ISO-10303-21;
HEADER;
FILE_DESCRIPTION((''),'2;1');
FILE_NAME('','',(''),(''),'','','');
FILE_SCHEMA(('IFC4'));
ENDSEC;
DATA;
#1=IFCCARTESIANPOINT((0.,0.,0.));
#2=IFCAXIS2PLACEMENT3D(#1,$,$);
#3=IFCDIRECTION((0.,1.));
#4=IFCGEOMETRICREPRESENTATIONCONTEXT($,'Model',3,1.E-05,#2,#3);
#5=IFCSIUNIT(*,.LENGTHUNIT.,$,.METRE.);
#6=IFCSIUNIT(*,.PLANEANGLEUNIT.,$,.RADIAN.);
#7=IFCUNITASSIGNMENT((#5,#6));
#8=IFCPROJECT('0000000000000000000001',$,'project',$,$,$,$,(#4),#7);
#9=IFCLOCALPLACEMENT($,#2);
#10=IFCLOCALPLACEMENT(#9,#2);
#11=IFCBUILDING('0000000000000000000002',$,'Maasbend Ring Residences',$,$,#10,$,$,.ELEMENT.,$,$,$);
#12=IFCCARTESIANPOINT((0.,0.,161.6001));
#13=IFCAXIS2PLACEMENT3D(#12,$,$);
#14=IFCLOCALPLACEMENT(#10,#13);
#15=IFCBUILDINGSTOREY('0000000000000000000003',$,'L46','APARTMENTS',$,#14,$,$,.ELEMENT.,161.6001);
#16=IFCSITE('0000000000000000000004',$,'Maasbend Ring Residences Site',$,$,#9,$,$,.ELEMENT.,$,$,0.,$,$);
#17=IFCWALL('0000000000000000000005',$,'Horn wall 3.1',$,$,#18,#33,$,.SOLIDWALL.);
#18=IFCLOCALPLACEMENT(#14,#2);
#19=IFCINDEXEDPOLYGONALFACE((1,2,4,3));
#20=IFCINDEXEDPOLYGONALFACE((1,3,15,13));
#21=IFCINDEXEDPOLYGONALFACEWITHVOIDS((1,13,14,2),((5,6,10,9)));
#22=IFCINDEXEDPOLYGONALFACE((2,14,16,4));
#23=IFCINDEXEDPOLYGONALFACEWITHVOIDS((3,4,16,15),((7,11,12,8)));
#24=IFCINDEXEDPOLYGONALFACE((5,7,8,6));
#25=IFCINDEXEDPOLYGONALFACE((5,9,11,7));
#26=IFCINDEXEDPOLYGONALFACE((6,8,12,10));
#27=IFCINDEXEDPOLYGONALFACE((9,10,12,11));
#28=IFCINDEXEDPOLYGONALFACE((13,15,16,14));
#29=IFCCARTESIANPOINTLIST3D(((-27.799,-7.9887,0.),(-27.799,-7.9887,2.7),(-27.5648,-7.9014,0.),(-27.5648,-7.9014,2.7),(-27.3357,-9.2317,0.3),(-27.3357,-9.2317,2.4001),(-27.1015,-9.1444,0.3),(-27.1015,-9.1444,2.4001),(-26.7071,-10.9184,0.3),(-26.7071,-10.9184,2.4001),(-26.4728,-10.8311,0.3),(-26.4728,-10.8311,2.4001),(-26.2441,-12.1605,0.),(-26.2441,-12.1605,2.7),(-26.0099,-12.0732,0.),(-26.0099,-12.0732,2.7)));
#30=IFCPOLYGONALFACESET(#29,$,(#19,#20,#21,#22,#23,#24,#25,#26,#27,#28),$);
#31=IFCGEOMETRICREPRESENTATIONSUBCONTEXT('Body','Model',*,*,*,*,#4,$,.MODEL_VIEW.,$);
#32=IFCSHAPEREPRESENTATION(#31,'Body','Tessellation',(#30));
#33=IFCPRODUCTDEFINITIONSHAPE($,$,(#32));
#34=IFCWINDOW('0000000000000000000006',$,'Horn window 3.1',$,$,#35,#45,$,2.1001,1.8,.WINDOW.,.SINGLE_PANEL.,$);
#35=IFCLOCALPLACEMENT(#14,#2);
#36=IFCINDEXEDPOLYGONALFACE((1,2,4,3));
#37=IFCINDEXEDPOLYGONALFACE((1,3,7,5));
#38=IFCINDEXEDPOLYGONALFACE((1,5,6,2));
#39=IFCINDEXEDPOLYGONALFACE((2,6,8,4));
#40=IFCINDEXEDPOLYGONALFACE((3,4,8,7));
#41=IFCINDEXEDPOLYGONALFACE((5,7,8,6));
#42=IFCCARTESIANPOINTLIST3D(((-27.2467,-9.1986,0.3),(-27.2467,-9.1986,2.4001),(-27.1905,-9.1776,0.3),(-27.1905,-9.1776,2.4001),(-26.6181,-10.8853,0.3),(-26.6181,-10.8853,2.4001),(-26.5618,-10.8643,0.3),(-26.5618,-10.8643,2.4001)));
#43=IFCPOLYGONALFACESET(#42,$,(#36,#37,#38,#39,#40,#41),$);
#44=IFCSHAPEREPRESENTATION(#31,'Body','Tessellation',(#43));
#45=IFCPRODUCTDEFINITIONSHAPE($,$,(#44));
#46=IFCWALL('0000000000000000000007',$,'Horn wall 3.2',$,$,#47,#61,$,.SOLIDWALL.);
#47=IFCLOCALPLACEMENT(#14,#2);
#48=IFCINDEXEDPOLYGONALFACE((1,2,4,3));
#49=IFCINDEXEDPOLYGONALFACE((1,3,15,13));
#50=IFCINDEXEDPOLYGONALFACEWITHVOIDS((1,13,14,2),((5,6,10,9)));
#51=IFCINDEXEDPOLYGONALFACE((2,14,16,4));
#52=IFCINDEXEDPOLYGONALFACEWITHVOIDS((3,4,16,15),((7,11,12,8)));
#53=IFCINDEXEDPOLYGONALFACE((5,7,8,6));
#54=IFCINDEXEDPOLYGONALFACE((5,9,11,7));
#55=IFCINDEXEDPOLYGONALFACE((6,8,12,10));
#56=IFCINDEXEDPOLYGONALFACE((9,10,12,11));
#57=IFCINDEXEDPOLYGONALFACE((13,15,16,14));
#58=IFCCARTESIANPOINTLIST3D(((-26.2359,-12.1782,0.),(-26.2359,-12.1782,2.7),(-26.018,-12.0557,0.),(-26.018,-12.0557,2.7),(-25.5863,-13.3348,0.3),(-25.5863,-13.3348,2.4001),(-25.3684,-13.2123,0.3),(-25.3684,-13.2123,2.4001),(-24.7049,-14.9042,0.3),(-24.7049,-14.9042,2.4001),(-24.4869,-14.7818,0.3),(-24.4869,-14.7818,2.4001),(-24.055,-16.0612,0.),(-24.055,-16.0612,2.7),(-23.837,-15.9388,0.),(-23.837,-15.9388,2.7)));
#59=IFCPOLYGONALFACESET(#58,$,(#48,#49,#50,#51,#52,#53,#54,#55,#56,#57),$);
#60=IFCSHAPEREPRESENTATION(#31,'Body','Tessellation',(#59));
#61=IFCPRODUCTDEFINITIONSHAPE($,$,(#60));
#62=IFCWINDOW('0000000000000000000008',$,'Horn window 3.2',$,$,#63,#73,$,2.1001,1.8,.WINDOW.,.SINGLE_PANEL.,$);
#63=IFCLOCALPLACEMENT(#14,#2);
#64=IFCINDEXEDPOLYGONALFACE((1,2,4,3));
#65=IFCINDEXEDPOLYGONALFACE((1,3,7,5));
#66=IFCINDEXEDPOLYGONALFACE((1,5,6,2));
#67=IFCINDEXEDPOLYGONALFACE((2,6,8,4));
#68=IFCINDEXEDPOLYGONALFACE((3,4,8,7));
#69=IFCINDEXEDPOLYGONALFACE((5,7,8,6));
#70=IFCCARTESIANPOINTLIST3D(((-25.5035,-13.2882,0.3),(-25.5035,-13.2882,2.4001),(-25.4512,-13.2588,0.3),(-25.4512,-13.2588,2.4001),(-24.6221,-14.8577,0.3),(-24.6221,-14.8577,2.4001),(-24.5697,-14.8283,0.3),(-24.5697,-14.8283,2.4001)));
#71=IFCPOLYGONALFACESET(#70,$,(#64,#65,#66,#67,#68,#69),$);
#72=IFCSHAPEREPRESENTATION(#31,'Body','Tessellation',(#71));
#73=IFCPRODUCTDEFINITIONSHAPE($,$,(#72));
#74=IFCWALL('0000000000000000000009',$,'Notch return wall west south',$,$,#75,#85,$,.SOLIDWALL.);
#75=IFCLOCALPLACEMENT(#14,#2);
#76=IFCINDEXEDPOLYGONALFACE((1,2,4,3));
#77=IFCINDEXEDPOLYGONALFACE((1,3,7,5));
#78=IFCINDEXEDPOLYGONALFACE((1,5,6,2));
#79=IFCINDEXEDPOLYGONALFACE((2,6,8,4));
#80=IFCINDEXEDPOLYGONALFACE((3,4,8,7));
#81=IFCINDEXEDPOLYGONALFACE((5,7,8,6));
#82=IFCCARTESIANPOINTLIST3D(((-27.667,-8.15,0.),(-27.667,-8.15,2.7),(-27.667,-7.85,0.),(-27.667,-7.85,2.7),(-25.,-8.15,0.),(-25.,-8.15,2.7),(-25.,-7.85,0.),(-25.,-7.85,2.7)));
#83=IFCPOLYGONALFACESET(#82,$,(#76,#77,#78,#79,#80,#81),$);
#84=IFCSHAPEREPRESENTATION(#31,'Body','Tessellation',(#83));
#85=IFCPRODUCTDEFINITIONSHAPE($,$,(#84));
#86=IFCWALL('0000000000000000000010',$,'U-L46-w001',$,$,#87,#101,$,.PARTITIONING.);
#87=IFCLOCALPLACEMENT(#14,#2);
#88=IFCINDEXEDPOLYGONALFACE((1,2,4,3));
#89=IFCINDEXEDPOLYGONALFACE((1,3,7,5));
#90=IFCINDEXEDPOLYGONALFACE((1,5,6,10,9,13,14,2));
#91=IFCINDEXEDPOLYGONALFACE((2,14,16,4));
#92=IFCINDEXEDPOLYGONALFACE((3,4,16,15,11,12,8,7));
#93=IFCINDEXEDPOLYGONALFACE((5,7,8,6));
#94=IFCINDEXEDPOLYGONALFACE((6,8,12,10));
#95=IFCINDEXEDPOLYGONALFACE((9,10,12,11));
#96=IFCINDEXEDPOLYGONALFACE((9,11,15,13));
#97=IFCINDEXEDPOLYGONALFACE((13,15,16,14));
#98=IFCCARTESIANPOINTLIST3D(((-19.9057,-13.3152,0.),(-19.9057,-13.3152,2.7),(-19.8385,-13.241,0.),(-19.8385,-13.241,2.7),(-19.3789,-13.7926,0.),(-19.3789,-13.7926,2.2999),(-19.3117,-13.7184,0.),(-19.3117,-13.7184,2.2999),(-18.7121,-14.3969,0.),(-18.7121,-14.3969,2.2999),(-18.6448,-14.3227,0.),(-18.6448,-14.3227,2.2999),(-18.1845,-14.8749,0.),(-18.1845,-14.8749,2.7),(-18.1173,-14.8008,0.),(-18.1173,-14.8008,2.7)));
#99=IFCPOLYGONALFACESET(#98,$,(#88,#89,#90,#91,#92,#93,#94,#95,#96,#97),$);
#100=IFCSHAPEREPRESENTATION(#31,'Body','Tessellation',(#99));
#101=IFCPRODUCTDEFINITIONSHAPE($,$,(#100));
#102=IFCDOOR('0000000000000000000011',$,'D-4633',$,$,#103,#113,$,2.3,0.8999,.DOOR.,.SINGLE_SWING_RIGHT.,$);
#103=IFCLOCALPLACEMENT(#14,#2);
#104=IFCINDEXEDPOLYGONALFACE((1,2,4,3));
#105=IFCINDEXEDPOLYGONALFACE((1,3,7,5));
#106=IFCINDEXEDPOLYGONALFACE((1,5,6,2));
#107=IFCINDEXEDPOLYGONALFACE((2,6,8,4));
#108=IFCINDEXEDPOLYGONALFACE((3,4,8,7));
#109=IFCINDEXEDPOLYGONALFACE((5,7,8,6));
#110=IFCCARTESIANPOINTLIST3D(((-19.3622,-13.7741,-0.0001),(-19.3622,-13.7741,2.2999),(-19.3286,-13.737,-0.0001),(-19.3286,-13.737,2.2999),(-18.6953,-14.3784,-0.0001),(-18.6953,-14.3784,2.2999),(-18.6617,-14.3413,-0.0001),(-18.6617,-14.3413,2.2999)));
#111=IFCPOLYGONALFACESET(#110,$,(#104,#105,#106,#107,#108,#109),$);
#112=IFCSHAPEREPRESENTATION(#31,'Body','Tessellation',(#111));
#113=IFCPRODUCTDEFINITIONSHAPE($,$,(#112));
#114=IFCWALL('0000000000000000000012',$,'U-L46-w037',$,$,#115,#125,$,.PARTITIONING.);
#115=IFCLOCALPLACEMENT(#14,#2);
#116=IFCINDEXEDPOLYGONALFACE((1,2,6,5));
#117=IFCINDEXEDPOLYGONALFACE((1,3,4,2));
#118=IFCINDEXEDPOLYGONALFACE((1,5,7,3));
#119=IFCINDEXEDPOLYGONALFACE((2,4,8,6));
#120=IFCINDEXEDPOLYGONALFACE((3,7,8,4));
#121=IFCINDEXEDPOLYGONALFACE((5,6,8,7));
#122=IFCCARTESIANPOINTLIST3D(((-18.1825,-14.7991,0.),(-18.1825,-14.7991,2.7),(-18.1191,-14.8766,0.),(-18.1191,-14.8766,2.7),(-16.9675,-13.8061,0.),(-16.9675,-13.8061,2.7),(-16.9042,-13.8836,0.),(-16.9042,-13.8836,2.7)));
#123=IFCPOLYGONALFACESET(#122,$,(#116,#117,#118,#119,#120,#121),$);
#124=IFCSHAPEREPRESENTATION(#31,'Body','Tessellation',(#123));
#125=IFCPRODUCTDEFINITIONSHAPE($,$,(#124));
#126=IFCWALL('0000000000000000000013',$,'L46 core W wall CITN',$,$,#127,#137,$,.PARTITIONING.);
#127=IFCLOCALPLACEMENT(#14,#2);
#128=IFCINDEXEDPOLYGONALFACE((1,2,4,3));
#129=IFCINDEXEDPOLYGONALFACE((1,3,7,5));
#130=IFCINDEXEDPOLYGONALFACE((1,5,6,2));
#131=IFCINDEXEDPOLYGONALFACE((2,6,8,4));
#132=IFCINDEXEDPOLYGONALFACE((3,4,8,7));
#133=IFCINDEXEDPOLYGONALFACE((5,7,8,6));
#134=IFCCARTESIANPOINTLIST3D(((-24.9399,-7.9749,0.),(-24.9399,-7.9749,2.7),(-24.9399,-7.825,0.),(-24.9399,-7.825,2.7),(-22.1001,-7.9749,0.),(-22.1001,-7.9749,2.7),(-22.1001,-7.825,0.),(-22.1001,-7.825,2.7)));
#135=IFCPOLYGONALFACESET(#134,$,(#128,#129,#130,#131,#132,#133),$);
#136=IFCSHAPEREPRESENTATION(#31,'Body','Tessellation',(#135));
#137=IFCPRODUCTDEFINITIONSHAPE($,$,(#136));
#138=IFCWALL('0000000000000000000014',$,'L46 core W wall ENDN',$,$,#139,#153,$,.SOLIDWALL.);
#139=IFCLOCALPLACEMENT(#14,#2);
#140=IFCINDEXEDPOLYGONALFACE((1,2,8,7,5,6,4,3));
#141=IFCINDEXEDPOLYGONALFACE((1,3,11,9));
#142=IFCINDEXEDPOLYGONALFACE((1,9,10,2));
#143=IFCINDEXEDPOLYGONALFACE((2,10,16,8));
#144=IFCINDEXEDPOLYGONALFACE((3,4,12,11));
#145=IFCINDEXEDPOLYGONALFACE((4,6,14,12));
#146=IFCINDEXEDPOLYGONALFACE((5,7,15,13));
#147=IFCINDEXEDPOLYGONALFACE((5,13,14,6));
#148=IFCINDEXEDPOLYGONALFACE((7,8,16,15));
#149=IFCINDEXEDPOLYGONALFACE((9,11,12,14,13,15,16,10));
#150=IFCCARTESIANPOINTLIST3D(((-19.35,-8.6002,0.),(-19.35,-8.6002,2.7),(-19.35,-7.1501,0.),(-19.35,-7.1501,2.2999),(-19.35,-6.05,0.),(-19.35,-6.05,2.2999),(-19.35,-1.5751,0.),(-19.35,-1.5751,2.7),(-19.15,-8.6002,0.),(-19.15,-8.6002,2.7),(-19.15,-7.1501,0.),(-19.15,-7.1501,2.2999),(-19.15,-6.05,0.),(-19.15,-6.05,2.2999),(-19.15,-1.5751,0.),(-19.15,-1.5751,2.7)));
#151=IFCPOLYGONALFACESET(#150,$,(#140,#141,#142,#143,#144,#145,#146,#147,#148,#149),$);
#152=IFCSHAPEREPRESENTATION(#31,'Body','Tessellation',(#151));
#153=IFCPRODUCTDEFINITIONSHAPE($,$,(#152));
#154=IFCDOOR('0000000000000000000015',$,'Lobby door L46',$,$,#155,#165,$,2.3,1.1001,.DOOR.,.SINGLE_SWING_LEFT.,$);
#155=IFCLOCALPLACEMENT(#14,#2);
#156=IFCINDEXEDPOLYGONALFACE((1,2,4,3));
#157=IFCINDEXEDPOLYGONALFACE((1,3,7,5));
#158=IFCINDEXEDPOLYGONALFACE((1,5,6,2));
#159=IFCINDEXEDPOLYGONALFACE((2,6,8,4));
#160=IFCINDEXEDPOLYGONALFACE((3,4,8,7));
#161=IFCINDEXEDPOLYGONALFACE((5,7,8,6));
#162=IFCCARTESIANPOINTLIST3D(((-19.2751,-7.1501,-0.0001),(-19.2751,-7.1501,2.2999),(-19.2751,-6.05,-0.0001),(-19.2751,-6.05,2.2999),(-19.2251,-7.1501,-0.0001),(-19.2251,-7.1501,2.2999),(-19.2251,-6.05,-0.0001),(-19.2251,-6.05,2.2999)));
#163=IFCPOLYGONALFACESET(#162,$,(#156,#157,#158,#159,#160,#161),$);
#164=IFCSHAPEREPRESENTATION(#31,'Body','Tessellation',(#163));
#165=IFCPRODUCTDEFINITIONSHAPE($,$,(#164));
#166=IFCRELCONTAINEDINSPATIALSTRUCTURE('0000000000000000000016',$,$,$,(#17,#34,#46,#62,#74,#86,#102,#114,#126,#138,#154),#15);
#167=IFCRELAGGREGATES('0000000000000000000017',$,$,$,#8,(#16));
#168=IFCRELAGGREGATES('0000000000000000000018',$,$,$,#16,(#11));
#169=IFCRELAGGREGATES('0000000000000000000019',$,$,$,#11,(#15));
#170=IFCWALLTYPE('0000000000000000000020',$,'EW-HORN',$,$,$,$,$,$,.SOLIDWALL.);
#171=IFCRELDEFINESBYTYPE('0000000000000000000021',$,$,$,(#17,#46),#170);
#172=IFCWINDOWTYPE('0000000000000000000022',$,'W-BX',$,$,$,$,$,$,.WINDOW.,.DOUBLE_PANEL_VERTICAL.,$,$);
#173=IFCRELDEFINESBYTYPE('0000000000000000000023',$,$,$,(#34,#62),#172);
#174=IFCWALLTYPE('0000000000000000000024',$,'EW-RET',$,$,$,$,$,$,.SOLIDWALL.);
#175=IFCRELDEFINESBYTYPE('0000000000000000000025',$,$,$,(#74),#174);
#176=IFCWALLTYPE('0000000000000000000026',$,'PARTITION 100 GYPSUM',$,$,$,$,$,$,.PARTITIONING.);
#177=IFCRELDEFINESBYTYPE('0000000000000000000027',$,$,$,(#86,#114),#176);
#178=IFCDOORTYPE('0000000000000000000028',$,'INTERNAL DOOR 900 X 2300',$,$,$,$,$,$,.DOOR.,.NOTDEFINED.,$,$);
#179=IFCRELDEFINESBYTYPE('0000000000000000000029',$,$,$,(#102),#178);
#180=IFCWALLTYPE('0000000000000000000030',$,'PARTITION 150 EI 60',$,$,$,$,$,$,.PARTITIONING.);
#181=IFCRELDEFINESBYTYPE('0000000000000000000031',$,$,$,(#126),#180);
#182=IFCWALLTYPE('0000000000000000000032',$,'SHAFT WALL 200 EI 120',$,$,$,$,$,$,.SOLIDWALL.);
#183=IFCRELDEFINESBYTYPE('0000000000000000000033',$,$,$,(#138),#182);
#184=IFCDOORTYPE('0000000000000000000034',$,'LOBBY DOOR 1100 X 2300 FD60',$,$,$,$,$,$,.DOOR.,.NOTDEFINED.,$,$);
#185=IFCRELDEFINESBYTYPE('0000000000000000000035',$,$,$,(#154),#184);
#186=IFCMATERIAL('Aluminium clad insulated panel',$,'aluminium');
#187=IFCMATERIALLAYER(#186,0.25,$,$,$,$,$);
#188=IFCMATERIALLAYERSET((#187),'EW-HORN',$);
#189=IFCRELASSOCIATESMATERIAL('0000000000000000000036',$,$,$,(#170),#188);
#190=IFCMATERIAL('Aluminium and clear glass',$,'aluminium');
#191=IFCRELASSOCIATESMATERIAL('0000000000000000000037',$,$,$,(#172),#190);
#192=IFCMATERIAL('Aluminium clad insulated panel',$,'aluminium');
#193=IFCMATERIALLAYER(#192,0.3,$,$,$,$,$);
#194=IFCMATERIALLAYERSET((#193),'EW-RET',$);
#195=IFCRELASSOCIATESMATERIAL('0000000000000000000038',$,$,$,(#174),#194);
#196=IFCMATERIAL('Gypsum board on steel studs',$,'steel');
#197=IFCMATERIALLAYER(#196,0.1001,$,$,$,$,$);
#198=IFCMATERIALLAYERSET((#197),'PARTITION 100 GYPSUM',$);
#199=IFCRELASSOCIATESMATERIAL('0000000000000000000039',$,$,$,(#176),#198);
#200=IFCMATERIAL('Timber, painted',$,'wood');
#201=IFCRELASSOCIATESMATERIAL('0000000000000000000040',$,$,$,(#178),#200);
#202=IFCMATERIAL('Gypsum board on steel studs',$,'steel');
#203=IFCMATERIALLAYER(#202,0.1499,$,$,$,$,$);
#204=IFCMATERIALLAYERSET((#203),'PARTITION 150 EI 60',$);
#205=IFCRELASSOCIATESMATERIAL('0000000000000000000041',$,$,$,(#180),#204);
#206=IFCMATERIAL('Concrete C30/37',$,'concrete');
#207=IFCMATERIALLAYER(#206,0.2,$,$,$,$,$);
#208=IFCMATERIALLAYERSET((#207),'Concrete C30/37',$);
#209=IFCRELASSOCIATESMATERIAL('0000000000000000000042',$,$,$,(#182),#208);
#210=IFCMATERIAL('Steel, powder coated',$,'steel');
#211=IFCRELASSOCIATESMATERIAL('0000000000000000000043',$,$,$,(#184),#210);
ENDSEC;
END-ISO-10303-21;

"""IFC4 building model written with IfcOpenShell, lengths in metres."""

from ifc_helpers import new_model, si_unit, direction, frame, frame_2d, origin, place, context, subcontext, project, spatial, rectangle, extrude, material, layer, layer_set, type_object, element, fill, save


model = new_model("IFC4")

# Units and contexts
model_context = context("Model", 3, precision=1e-05, world=origin(), true_north=direction((0.0, 1.0)))
body_context = subcontext(model_context, "Body", "Model", "MODEL_VIEW")
ifc_project = project(units=[si_unit("LENGTHUNIT", "METRE"), si_unit("PLANEANGLEUNIT", "RADIAN")], contexts=[model_context])

# Site, building, storey
site_placement = place(None, origin())
site = spatial("IfcSite", under=ifc_project, at=site_placement, Name="Maasbend Ring Residences Site", CompositionType="ELEMENT", RefElevation=0.0)
building_placement = place(site_placement, origin())
building = spatial("IfcBuilding", under=site, at=building_placement, Name="Maasbend Ring Residences", CompositionType="ELEMENT")
storey_placement = place(building_placement, frame((0.0, 0.0, 161.6001)))
storey = spatial("IfcBuildingStorey", under=building, at=storey_placement, Name="L46", Description="APARTMENTS", CompositionType="ELEMENT", Elevation=161.6001)

# Walls, openings, windows
ifc_material_1 = material(Name="Aluminium clad insulated panel", Category="aluminium")
ifc_layer_1 = layer(ifc_material_1, 0.25)
ifc_layer_set_1 = layer_set([ifc_layer_1], Name="EW-HORN")
wall_type_1 = type_object("IfcWallType", Name="EW-HORN", PredefinedType="SOLIDWALL", material=ifc_layer_set_1)
wall_1_placement = place(storey_placement, frame((-27.6819, -7.9451, 0.0), z_axis=(0.0, 0.0, 1.0), x_axis=(0.349248, -0.93703, 0.0)))
wall_1 = element("IfcWall", 1, at=wall_1_placement, inside=storey, type_object=wall_type_1, Name="Horn wall 3.1", PredefinedType="SOLIDWALL", context=body_context, shape_type="SweptSolid", body=[
    extrude(rectangle(XDim=4.4521, YDim=0.25, at=frame_2d((2.2261, 0.0))), origin(), (0.0, 0.0, 1.0), 2.7),
])
opening_1_placement = place(wall_1_placement, frame((1.3267, 0.0, 0.3)))
opening_1 = element("IfcOpeningElement", 2, at=opening_1_placement, cuts=wall_1, PredefinedType="OPENING", context=body_context, shape_type="SweptSolid", body=[
    extrude(rectangle(XDim=1.8, YDim=2.1001, at=frame_2d((0.8999, 1.05))), frame((0.0, 0.135, 0.0), z_axis=(0.0, -1.0, 0.0), x_axis=(1.0, 0.0, 0.0)), (0.0, 0.0, 1.0), 0.27),
])
ifc_material_2 = material(Name="Aluminium and clear glass", Category="aluminium")
window_type = type_object("IfcWindowType", Name="W-BX", PartitioningType="DOUBLE_PANEL_VERTICAL", PredefinedType="WINDOW", material=ifc_material_2)
window_1_placement = place(opening_1_placement, origin())
window_1 = element("IfcWindow", 3, at=window_1_placement, inside=storey, type_object=window_type, Name="Horn window 3.1", OverallHeight=2.1001, OverallWidth=1.8, PartitioningType="SINGLE_PANEL", PredefinedType="WINDOW", context=body_context, shape_type="SweptSolid", body=[
    extrude(rectangle(XDim=1.8, YDim=2.1001, at=frame_2d((0.8999, 1.05))), frame((0.0, 0.03, 0.0), z_axis=(0.0, -1.0, 0.0), x_axis=(1.0, 0.0, 0.0)), (0.0, 0.0, 1.0), 0.0601),
])
fill(opening_1, window_1)
wall_2_placement = place(storey_placement, frame((-26.127, -12.1169, 0.0), z_axis=(0.0, 0.0, 1.0), x_axis=(0.489696, -0.871893, 0.0)))
wall_2 = element("IfcWall", 4, at=wall_2_placement, inside=storey, type_object=wall_type_1, Name="Horn wall 3.2", PredefinedType="SOLIDWALL", context=body_context, shape_type="SweptSolid", body=[
    extrude(rectangle(XDim=4.4536, YDim=0.25, at=frame_2d((2.2268, 0.0))), origin(), (0.0, 0.0, 1.0), 2.7),
])
opening_2_placement = place(wall_2_placement, frame((1.3267, 0.0, 0.3)))
opening_2 = element("IfcOpeningElement", 5, at=opening_2_placement, cuts=wall_2, PredefinedType="OPENING", context=body_context, shape_type="SweptSolid", body=[
    extrude(rectangle(XDim=1.8, YDim=2.1001, at=frame_2d((0.8999, 1.05))), frame((0.0, 0.135, 0.0), z_axis=(0.0, -1.0, 0.0), x_axis=(1.0, 0.0, 0.0)), (0.0, 0.0, 1.0), 0.27),
])
window_2_placement = place(opening_2_placement, origin())
window_2 = element("IfcWindow", 6, at=window_2_placement, inside=storey, type_object=window_type, Name="Horn window 3.2", OverallHeight=2.1001, OverallWidth=1.8, PartitioningType="SINGLE_PANEL", PredefinedType="WINDOW", context=body_context, shape_type="SweptSolid", body=[
    extrude(rectangle(XDim=1.8, YDim=2.1001, at=frame_2d((0.8999, 1.05))), frame((0.0, 0.03, 0.0), z_axis=(0.0, -1.0, 0.0), x_axis=(1.0, 0.0, 0.0)), (0.0, 0.0, 1.0), 0.0601),
])
fill(opening_2, window_2)

# Wall
ifc_material_3 = material(Name="Aluminium clad insulated panel", Category="aluminium")
ifc_layer_2 = layer(ifc_material_3, 0.3)
ifc_layer_set_2 = layer_set([ifc_layer_2], Name="EW-RET")
wall_type_2 = type_object("IfcWallType", Name="EW-RET", PredefinedType="SOLIDWALL", material=ifc_layer_set_2)
wall_3_placement = place(storey_placement, frame((-25.0, -8.0, 0.0), z_axis=(0.0, 0.0, 1.0), x_axis=(-1.0, 0.0, 0.0)))
element("IfcWall", 7, at=wall_3_placement, inside=storey, type_object=wall_type_2, Name="Notch return wall west south", PredefinedType="SOLIDWALL", context=body_context, shape_type="SweptSolid", body=[
    extrude(rectangle(XDim=2.667, YDim=0.3, at=frame_2d((1.3335, 0.0))), origin(), (0.0, 0.0, 1.0), 2.7),
])

# Wall, opening, door
ifc_material_4 = material(Name="Gypsum board on steel studs", Category="steel")
ifc_layer_3 = layer(ifc_material_4, 0.1001)
ifc_layer_set_3 = layer_set([ifc_layer_3], Name="PARTITION 100 GYPSUM")
wall_type_3 = type_object("IfcWallType", Name="PARTITION 100 GYPSUM", PredefinedType="PARTITIONING", material=ifc_layer_set_3)
wall_4_placement = place(storey_placement, frame((-19.8721, -13.2781, 0.0), z_axis=(0.0, 0.0, 1.0), x_axis=(0.74099, -0.671516, 0.0)))
wall_4 = element("IfcWall", 8, at=wall_4_placement, inside=storey, type_object=wall_type_3, Name="U-L46-w001", PredefinedType="PARTITIONING", context=body_context, shape_type="SweptSolid", body=[
    extrude(rectangle(XDim=2.3228, YDim=0.1001, at=frame_2d((1.1614, 0.0))), origin(), (0.0, 0.0, 1.0), 2.7),
])
opening_3_placement = place(wall_4_placement, frame((0.7109, 0.0, 0.0)))
opening_3 = element("IfcOpeningElement", 9, at=opening_3_placement, cuts=wall_4, PredefinedType="OPENING", context=body_context, shape_type="SweptSolid", body=[
    extrude(rectangle(XDim=0.8999, YDim=2.3, at=frame_2d((0.45, 1.1499))), frame((0.0, 0.0601, 0.0), z_axis=(0.0, -1.0, 0.0), x_axis=(1.0, 0.0, 0.0)), (0.0, 0.0, 1.0), 0.1201),
])
ifc_material_5 = material(Name="Timber, painted", Category="wood")
door_type_1 = type_object("IfcDoorType", Name="INTERNAL DOOR 900 X 2300", OperationType="NOTDEFINED", PredefinedType="DOOR", material=ifc_material_5)
door_1_placement = place(opening_3_placement, origin())
door_1 = element("IfcDoor", 10, at=door_1_placement, inside=storey, type_object=door_type_1, Name="D-4633", OperationType="SINGLE_SWING_RIGHT", OverallHeight=2.3, OverallWidth=0.8999, PredefinedType="DOOR", context=body_context, shape_type="SweptSolid", body=[
    extrude(rectangle(XDim=0.8999, YDim=2.3, at=frame_2d((0.45, 1.1499))), frame((0.0, 0.0249, 0.0), z_axis=(0.0, -1.0, 0.0), x_axis=(1.0, 0.0, 0.0)), (0.0, 0.0, 1.0), 0.05),
])
fill(opening_3, door_1)

# Walls
wall_5_placement = place(storey_placement, frame((-18.1509, -14.8379, 0.0), z_axis=(0.0, 0.0, 1.0), x_axis=(0.774283, 0.632839, 0.0)))
element("IfcWall", 11, at=wall_5_placement, inside=storey, type_object=wall_type_3, Name="U-L46-w037", PredefinedType="PARTITIONING", context=body_context, shape_type="SweptSolid", body=[
    extrude(rectangle(XDim=1.5691, YDim=0.1001, at=frame_2d((0.7847, 0.0))), origin(), (0.0, 0.0, 1.0), 2.7),
])
ifc_material_6 = material(Name="Gypsum board on steel studs", Category="steel")
ifc_layer_4 = layer(ifc_material_6, 0.1499)
ifc_layer_set_4 = layer_set([ifc_layer_4], Name="PARTITION 150 EI 60")
wall_type_4 = type_object("IfcWallType", Name="PARTITION 150 EI 60", PredefinedType="PARTITIONING", material=ifc_layer_set_4)
wall_6_placement = place(storey_placement, frame((-22.1001, -7.8999, 0.0), z_axis=(0.0, 0.0, 1.0), x_axis=(-1.0, 0.0, 0.0)))
element("IfcWall", 12, at=wall_6_placement, inside=storey, type_object=wall_type_4, Name="L46 core W wall CITN", PredefinedType="PARTITIONING", context=body_context, shape_type="SweptSolid", body=[
    extrude(rectangle(XDim=2.8398, YDim=0.1499, at=frame_2d((1.4199, 0.0))), origin(), (0.0, 0.0, 1.0), 2.7),
])

# Wall, opening, door
ifc_material_7 = material(Name="Concrete C30/37", Category="concrete")
ifc_layer_5 = layer(ifc_material_7, 0.2)
ifc_layer_set_5 = layer_set([ifc_layer_5], Name="Concrete C30/37")
wall_type_5 = type_object("IfcWallType", Name="SHAFT WALL 200 EI 120", PredefinedType="SOLIDWALL", material=ifc_layer_set_5)
wall_7_placement = place(storey_placement, frame((-19.25, -1.575, 0.0), z_axis=(0.0, 0.0, 1.0), x_axis=(0.0, -1.0, 0.0)))
wall_7 = element("IfcWall", 13, at=wall_7_placement, inside=storey, type_object=wall_type_5, Name="L46 core W wall ENDN", PredefinedType="SOLIDWALL", context=body_context, shape_type="SweptSolid", body=[
    extrude(rectangle(XDim=7.0251, YDim=0.2, at=frame_2d((3.5127, 0.0))), origin(), (0.0, 0.0, 1.0), 2.7),
])
opening_4_placement = place(wall_7_placement, frame((4.4751, 0.0, 0.0)))
opening_4 = element("IfcOpeningElement", 14, at=opening_4_placement, cuts=wall_7, PredefinedType="OPENING", context=body_context, shape_type="SweptSolid", body=[
    extrude(rectangle(XDim=1.1001, YDim=2.3, at=frame_2d((0.55, 1.1499))), frame((0.0, 0.1099, 0.0), z_axis=(0.0, -1.0, 0.0), x_axis=(1.0, 0.0, 0.0)), (0.0, 0.0, 1.0), 0.22),
])
ifc_material_8 = material(Name="Steel, powder coated", Category="steel")
door_type_2 = type_object("IfcDoorType", Name="LOBBY DOOR 1100 X 2300 FD60", OperationType="NOTDEFINED", PredefinedType="DOOR", material=ifc_material_8)
door_2_placement = place(opening_4_placement, origin())
door_2 = element("IfcDoor", 15, at=door_2_placement, inside=storey, type_object=door_type_2, Name="Lobby door L46", OperationType="SINGLE_SWING_LEFT", OverallHeight=2.3, OverallWidth=1.1001, PredefinedType="DOOR", context=body_context, shape_type="SweptSolid", body=[
    extrude(rectangle(XDim=1.1001, YDim=2.3, at=frame_2d((0.55, 1.1499))), frame((0.0, 0.0249, 0.0), z_axis=(0.0, -1.0, 0.0), x_axis=(1.0, 0.0, 0.0)), (0.0, 0.0, 1.0), 0.05),
])
fill(opening_4, door_2)

save(model, "model.ifc")
